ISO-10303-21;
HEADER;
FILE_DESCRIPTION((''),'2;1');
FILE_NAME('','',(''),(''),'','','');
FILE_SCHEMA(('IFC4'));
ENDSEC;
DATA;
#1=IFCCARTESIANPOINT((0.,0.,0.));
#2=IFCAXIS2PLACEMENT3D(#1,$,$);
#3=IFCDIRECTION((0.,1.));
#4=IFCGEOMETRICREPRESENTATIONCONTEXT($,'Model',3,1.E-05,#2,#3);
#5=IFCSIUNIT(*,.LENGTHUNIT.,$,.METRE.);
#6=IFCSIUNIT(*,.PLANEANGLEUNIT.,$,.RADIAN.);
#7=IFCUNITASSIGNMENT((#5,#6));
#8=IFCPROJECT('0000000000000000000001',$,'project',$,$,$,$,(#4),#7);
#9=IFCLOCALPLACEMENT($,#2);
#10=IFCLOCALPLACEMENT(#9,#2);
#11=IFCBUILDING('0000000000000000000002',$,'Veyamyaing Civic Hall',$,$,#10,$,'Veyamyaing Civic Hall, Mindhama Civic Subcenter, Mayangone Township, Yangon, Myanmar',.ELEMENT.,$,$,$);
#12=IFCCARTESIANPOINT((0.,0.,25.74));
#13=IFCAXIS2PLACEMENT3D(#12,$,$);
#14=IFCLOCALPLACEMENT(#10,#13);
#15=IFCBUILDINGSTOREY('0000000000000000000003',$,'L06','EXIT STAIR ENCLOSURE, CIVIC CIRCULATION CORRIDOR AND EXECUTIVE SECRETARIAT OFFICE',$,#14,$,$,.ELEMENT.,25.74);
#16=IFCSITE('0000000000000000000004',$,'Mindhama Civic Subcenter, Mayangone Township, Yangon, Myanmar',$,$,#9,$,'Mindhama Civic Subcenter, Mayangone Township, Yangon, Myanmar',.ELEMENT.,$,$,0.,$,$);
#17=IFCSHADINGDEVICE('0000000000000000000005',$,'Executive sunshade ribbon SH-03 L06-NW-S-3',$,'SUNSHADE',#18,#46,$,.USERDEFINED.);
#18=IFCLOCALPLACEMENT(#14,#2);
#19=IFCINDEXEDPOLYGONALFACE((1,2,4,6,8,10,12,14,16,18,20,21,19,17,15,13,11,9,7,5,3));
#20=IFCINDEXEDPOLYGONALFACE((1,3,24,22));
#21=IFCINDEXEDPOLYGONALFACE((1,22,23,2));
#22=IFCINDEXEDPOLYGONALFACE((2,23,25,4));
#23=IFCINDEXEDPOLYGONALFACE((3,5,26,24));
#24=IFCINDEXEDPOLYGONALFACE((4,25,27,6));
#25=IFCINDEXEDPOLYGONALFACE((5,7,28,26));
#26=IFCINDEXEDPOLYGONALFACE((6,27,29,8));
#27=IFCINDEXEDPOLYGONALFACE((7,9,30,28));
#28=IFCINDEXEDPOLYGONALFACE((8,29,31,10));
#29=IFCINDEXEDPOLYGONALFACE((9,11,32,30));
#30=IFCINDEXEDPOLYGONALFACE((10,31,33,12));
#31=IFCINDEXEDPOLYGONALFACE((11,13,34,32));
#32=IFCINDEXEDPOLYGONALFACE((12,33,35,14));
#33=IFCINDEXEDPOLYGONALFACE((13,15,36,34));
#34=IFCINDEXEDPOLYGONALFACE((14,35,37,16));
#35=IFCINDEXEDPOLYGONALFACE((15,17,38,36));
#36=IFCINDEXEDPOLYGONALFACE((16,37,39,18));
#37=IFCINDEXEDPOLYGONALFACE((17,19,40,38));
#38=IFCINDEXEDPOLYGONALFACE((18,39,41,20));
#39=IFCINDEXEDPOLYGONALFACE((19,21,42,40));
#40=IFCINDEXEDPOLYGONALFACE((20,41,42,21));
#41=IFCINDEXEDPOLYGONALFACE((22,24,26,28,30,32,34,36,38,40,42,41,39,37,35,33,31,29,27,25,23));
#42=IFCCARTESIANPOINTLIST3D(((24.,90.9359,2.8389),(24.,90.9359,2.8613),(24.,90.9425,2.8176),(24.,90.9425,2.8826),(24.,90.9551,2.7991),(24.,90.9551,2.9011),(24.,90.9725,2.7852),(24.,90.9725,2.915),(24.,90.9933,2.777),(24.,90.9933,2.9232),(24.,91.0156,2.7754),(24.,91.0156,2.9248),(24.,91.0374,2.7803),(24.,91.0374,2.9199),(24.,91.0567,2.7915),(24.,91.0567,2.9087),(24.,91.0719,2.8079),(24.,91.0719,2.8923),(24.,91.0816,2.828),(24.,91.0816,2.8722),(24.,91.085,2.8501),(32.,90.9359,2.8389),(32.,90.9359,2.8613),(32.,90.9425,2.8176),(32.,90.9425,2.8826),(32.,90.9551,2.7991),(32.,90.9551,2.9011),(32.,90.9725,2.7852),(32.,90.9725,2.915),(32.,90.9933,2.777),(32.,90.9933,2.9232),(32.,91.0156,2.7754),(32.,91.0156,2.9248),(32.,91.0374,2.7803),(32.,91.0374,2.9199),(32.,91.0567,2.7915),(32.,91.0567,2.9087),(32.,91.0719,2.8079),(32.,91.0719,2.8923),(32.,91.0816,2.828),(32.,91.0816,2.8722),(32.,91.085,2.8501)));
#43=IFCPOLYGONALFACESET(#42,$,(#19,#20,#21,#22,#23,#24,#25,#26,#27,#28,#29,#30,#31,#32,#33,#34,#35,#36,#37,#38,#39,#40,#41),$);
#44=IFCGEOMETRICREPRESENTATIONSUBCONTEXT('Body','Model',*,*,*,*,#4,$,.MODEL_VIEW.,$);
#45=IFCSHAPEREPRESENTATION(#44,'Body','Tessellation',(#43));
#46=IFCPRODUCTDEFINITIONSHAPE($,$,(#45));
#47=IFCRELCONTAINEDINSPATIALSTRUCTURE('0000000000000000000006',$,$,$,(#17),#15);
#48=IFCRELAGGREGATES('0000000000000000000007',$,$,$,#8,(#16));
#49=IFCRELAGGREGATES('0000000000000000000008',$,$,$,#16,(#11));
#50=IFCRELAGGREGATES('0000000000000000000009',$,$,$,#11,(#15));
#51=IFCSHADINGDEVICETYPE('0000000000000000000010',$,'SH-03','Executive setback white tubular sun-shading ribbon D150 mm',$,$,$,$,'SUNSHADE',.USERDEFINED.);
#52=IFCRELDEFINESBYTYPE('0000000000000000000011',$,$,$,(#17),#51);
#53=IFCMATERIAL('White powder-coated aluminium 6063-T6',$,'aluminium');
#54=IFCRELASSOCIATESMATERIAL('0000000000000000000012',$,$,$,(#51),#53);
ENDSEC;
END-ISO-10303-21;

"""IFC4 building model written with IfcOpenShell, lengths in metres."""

from ifc_helpers import new_model, si_unit, direction, frame, origin, origin_2d, place, context, subcontext, project, spatial, circle, extrude, material, material_profile, profile_set, type_object, element, save


model = new_model("IFC4")

# Units and contexts
model_context = context("Model", 3, precision=1e-05, world=origin(), true_north=direction((0.0, 1.0)))
body_context = subcontext(model_context, "Body", "Model", "MODEL_VIEW")
ifc_project = project(units=[si_unit("LENGTHUNIT", "METRE"), si_unit("PLANEANGLEUNIT", "RADIAN")], contexts=[model_context])

# Site, building, storey
site_placement = place(None, origin())
site = spatial("IfcSite", under=ifc_project, at=site_placement, Name="Mindhama Civic Subcenter, Mayangone Township, Yangon, Myanmar", LongName="Mindhama Civic Subcenter, Mayangone Township, Yangon, Myanmar", CompositionType="ELEMENT", RefElevation=0.0)
building_placement = place(site_placement, origin())
building = spatial("IfcBuilding", under=site, at=building_placement, Name="Veyamyaing Civic Hall", LongName="Veyamyaing Civic Hall, Mindhama Civic Subcenter, Mayangone Township, Yangon, Myanmar", CompositionType="ELEMENT")
storey_placement = place(building_placement, frame((0.0, 0.0, 25.74)))
storey = spatial("IfcBuildingStorey", under=building, at=storey_placement, Name="L06", Description="EXIT STAIR ENCLOSURE, CIVIC CIRCULATION CORRIDOR AND EXECUTIVE SECRETARIAT OFFICE", CompositionType="ELEMENT", Elevation=25.74)

# Shared definitions
ifc_material_1 = material(Name="White powder-coated aluminium 6063-T6", Category="aluminium")

# Shading device
ifc_material_profile_1 = material_profile(ifc_material_1, circle(Radius=0.075, at=origin_2d()), Name="SHADE-TUBE-150")
ifc_profile_set_1 = profile_set([ifc_material_profile_1], Name="White powder-coated aluminium 6063-T6")
shading_device_type = type_object("IfcShadingDeviceType", Name="SH-03", Description="Executive setback white tubular sun-shading ribbon D150 mm", ElementType="SUNSHADE", PredefinedType="USERDEFINED", material=ifc_profile_set_1)
shading_device_placement = place(storey_placement, frame((24.0, 91.01, 2.8501), z_axis=(1.0, 0.0, 0.0), x_axis=(0.0, 1.0, 0.0)))
element("IfcShadingDevice", 1, at=shading_device_placement, inside=storey, type_object=shading_device_type, Name="Executive sunshade ribbon SH-03 L06-NW-S-3", ObjectType="SUNSHADE", PredefinedType="USERDEFINED", context=body_context, shape_type="SweptSolid", body=[
    extrude(circle(Radius=0.075, at=origin_2d()), origin(), (0.0, 0.0, 1.0), 8.0),
])

save(model, "model.ifc")
